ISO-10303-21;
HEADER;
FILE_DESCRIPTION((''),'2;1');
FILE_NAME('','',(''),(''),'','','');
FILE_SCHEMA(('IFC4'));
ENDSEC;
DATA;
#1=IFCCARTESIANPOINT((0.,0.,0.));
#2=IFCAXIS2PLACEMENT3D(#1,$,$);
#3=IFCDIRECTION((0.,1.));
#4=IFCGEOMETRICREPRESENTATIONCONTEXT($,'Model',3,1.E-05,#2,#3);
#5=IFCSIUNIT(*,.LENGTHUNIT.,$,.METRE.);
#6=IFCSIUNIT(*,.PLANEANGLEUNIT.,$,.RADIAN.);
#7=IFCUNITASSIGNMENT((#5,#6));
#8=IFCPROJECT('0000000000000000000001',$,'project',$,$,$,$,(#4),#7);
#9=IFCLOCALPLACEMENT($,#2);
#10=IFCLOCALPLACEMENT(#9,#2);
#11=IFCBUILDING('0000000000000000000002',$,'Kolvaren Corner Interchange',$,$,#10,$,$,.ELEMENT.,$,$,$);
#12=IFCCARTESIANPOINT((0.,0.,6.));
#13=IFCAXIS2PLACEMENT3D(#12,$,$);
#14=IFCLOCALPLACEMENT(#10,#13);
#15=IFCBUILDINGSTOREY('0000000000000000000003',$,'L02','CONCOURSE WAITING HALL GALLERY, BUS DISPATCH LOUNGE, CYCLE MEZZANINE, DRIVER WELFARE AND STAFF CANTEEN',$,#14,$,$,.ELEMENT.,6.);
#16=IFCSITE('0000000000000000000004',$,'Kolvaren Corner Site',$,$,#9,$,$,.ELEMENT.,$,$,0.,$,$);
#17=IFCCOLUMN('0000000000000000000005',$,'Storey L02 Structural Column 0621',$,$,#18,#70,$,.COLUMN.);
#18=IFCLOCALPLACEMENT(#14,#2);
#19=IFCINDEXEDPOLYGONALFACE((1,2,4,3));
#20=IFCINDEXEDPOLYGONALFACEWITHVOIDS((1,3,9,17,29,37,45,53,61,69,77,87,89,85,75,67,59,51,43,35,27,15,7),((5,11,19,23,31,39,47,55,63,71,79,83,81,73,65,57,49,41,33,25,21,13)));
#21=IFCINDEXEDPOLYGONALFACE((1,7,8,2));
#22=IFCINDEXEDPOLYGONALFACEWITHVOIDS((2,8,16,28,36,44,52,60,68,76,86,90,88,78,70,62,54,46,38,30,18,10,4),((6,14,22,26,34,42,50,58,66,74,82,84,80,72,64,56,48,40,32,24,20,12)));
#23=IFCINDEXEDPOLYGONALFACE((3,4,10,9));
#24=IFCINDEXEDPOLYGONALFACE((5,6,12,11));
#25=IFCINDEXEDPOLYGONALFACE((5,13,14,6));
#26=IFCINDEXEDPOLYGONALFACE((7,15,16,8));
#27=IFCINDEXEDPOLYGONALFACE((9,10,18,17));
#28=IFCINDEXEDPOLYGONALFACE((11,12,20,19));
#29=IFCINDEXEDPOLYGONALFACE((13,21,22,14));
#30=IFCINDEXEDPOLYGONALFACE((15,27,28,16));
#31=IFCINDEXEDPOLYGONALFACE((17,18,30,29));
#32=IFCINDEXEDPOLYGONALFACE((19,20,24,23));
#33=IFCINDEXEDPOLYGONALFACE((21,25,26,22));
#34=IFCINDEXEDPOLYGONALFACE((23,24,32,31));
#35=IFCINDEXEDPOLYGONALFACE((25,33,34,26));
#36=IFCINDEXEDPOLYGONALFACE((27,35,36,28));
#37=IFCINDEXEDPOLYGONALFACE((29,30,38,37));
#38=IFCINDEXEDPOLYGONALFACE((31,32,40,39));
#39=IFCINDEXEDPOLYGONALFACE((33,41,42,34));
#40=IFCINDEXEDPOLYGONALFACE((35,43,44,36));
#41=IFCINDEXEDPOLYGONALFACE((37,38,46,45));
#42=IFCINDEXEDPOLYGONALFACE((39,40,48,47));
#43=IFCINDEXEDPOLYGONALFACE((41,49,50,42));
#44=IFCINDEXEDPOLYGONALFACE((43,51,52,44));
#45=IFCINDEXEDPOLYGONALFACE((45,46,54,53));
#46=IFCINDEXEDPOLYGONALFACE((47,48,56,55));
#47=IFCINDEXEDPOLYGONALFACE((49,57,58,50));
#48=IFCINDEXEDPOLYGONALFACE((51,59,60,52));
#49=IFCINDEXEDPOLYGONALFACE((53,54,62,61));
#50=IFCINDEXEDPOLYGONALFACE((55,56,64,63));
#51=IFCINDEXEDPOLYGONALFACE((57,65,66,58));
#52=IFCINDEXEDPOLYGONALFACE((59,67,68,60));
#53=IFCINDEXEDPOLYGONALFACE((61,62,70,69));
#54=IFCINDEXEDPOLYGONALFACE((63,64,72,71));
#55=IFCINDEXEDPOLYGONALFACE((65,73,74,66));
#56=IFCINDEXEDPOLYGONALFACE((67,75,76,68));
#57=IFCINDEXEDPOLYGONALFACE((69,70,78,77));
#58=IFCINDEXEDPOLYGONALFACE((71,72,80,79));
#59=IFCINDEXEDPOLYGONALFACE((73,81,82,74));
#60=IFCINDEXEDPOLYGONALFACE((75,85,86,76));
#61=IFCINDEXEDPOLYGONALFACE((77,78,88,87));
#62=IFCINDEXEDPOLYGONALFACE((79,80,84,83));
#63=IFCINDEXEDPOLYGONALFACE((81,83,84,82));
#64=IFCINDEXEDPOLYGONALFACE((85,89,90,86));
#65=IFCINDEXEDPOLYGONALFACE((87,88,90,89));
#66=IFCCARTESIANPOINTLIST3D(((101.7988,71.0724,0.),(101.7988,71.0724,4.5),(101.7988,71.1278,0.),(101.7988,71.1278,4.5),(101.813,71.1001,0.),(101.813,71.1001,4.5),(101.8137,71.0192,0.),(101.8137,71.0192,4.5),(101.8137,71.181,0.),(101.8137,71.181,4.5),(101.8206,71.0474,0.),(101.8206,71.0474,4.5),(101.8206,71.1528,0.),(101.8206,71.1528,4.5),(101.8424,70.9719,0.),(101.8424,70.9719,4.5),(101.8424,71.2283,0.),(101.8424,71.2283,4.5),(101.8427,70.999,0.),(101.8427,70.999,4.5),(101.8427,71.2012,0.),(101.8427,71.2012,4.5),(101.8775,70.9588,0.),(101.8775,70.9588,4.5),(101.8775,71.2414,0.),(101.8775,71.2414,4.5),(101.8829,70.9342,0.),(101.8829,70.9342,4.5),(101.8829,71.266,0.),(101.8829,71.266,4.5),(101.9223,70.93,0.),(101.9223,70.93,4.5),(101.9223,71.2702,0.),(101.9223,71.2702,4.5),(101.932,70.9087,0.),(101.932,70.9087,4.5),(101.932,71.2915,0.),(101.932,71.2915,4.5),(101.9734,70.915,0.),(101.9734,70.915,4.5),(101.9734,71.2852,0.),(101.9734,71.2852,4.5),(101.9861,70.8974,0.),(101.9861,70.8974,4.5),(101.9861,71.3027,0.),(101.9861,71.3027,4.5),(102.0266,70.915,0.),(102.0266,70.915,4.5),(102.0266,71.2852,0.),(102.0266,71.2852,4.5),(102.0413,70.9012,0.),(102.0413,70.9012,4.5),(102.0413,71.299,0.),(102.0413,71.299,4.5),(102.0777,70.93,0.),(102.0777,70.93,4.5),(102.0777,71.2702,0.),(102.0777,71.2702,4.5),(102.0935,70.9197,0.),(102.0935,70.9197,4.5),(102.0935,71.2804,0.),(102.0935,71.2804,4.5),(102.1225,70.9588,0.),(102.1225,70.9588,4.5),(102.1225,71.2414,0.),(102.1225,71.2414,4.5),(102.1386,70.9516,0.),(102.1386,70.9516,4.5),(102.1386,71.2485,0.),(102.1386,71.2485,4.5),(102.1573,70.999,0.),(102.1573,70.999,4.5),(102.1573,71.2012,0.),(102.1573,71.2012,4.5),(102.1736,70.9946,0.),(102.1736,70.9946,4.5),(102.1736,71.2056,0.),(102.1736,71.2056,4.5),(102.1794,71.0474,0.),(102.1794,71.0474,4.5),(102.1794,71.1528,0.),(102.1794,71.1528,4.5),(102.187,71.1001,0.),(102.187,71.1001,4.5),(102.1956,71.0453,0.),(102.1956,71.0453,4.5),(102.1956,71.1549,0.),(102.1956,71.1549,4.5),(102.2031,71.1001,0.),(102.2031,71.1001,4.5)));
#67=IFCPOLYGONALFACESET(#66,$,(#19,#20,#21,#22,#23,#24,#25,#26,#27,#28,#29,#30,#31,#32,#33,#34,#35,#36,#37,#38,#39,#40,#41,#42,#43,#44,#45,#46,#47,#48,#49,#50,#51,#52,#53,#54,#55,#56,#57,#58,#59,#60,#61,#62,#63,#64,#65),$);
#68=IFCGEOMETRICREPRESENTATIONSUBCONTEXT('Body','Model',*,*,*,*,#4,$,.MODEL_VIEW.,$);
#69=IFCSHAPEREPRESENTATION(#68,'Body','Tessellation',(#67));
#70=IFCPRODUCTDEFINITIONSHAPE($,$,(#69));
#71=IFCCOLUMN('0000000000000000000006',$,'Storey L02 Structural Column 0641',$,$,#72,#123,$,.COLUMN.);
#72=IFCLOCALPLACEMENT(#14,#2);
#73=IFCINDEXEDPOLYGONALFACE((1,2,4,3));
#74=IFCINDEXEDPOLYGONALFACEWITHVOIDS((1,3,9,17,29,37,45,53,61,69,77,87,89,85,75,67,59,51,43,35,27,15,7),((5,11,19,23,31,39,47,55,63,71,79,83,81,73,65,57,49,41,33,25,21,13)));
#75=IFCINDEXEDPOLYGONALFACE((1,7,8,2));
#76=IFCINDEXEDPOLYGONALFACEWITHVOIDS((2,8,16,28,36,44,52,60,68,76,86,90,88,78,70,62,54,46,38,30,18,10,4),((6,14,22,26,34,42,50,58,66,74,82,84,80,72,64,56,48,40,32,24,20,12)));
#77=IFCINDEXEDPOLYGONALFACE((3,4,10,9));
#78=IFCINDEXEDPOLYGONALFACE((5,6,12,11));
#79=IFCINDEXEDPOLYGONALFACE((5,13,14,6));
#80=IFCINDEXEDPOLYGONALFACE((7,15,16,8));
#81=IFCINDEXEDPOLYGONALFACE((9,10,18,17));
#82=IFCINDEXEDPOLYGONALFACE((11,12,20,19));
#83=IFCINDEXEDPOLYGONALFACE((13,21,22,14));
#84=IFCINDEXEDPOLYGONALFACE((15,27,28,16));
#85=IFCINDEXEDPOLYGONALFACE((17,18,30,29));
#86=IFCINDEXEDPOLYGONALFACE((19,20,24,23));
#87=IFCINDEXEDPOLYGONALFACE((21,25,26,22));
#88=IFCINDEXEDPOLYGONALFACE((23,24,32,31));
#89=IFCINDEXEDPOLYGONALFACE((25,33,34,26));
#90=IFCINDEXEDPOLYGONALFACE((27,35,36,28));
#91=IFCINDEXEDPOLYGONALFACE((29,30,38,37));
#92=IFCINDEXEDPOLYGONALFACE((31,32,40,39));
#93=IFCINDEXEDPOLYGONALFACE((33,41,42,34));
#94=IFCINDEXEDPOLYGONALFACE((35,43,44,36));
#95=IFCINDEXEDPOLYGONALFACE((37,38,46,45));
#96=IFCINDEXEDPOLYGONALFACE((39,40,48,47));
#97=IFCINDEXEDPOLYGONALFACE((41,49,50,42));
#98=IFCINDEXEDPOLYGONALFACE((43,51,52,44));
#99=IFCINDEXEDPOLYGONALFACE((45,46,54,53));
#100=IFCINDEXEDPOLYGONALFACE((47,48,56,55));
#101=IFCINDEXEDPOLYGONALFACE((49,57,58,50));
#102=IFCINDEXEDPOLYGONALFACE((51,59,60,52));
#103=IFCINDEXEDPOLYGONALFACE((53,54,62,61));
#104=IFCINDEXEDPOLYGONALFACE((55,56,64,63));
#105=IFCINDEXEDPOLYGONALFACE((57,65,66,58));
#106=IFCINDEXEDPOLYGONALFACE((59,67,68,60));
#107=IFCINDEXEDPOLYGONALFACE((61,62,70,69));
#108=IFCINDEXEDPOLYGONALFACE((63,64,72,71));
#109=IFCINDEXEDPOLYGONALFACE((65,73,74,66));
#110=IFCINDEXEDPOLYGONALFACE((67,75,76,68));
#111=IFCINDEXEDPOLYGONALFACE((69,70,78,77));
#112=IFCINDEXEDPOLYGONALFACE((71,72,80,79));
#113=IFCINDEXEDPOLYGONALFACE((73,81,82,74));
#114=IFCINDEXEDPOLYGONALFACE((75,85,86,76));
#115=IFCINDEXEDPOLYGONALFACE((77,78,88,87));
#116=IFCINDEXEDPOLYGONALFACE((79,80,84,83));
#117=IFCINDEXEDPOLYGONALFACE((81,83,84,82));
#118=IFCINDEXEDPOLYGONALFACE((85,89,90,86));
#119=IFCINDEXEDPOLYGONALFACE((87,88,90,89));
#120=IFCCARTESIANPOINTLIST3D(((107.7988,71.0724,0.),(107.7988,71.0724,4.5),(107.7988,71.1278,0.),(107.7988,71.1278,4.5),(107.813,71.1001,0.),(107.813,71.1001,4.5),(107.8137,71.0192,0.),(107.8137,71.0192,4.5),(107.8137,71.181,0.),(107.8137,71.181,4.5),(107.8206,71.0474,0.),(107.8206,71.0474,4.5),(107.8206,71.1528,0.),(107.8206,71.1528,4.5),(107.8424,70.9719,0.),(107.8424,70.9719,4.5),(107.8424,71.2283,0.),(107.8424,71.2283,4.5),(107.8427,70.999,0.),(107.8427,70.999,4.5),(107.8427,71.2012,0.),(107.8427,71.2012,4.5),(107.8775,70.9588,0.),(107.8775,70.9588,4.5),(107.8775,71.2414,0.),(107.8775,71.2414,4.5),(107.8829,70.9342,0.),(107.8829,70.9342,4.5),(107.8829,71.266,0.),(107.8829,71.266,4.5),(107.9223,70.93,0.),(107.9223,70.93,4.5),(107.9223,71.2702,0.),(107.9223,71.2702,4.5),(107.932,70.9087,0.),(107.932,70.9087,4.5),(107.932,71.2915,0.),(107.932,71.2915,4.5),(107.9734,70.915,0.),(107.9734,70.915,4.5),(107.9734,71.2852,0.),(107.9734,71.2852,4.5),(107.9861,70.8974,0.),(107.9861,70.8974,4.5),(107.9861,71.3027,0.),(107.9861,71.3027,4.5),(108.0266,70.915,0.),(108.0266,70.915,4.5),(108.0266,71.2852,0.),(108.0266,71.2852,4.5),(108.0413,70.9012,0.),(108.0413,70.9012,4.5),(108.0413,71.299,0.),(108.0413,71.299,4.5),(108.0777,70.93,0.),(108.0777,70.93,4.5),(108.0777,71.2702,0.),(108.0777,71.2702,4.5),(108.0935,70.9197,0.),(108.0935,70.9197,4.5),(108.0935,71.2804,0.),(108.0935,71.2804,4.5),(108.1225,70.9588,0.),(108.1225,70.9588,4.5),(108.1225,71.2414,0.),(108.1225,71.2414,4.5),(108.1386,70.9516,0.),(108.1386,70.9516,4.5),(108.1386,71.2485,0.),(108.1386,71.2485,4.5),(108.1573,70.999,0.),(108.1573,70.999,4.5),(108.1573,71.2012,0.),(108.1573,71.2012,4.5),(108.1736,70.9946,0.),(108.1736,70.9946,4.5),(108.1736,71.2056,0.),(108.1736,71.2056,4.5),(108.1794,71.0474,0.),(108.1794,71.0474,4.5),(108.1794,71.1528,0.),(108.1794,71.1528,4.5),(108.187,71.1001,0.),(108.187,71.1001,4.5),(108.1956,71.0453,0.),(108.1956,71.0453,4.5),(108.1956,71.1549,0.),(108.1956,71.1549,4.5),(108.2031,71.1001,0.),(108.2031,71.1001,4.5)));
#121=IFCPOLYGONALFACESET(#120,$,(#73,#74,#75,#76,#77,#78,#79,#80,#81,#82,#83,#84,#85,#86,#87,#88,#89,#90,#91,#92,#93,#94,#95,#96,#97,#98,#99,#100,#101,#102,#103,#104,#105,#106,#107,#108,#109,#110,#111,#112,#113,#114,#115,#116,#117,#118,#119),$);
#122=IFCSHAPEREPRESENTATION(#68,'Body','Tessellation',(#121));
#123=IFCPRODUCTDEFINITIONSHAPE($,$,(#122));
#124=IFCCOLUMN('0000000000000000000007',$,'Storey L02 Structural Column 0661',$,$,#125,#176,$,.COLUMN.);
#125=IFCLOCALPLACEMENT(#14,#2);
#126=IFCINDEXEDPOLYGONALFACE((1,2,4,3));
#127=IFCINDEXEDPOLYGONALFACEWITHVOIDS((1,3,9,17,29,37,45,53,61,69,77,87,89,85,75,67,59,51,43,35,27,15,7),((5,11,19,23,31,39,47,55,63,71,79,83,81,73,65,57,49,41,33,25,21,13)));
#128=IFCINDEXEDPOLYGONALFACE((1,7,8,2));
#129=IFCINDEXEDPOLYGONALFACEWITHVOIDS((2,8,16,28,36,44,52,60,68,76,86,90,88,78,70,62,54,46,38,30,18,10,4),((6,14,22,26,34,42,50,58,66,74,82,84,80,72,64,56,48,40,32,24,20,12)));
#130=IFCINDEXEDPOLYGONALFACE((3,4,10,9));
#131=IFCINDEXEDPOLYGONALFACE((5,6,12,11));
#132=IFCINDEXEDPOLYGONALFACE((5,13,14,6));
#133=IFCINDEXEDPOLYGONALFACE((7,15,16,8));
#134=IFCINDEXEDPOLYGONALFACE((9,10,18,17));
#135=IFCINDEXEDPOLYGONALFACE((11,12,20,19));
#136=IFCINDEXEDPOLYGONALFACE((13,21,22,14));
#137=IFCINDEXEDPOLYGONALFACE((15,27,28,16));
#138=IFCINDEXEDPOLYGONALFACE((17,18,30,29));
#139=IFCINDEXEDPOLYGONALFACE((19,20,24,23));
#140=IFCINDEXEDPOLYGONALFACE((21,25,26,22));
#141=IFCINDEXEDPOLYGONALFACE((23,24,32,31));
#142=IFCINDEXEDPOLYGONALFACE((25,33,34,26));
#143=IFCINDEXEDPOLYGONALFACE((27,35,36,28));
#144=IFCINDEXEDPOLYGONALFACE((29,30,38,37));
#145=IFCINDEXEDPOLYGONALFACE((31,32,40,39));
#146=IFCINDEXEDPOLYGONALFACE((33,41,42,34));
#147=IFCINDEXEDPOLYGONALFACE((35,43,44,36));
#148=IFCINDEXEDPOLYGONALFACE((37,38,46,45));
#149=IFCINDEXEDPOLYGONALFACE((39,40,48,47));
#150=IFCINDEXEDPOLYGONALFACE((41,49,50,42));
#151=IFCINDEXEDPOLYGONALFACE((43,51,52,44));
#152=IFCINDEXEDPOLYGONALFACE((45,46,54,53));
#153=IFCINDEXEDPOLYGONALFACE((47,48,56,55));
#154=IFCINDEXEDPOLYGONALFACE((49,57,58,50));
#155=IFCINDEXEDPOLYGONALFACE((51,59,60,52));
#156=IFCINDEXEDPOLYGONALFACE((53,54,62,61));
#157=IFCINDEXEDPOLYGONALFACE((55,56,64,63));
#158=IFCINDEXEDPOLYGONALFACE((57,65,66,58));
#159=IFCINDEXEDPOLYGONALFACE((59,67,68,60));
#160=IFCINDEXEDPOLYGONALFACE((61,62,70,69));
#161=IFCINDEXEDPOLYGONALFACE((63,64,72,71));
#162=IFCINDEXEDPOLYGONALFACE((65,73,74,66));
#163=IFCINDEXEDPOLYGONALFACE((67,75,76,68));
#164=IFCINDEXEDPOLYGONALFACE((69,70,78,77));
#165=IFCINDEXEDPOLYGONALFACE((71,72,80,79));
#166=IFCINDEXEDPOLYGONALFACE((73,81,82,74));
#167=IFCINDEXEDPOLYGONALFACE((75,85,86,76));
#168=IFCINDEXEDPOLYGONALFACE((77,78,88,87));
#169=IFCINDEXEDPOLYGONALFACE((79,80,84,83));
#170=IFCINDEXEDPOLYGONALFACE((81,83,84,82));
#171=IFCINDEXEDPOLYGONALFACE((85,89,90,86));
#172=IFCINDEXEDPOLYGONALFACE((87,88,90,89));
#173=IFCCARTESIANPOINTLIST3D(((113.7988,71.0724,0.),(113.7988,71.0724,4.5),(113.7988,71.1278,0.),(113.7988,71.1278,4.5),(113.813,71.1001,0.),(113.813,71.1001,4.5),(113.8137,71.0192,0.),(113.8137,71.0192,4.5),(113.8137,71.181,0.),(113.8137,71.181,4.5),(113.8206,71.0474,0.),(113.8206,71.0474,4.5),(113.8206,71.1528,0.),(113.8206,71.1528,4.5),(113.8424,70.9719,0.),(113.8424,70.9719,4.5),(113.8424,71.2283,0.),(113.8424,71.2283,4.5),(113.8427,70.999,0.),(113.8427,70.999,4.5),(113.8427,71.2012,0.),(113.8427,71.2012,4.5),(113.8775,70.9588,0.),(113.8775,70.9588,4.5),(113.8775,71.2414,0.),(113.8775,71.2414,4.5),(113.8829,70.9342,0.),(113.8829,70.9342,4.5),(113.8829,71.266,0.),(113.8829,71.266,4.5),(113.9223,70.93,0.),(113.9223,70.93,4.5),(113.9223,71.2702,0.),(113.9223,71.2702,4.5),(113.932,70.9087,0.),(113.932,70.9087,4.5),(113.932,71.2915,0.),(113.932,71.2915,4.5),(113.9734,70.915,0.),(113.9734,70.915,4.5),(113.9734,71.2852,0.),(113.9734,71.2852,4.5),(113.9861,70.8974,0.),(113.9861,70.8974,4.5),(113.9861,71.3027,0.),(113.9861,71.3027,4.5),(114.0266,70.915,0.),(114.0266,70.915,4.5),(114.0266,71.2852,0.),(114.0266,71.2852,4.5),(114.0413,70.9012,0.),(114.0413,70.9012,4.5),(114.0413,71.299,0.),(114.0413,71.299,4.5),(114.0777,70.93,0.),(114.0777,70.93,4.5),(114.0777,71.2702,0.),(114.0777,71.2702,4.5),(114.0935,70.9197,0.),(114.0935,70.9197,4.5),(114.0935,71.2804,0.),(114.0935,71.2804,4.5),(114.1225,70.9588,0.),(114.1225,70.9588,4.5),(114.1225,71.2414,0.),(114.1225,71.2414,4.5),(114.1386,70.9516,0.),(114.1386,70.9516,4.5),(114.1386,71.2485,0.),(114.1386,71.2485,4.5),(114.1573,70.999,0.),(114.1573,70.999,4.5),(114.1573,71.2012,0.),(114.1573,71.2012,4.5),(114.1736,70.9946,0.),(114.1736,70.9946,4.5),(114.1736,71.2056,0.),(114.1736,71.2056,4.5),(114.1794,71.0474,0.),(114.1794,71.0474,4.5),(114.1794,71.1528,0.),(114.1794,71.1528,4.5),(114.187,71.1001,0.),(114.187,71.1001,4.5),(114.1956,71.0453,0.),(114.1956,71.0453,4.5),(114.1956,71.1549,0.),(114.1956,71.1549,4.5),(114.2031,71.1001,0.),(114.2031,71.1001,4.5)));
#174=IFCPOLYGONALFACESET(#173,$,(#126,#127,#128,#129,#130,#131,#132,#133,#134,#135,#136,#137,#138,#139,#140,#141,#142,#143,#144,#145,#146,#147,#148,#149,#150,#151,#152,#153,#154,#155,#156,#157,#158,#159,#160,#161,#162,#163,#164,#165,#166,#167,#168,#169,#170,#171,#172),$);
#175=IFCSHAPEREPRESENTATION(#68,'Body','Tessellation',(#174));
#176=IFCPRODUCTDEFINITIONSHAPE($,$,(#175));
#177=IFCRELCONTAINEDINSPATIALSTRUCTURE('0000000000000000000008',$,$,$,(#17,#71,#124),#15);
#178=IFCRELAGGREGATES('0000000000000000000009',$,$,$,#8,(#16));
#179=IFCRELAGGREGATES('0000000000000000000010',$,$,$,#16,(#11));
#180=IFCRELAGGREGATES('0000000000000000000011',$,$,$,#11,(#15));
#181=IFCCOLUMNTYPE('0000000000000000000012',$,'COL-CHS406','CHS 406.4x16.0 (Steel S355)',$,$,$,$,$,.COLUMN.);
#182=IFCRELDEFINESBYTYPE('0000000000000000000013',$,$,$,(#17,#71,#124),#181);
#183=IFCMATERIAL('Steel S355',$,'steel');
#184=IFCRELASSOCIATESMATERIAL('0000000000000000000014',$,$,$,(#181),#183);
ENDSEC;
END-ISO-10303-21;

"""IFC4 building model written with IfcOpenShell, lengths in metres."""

from ifc_helpers import new_model, si_unit, direction, frame, origin, origin_2d, place, context, subcontext, project, spatial, hollow_circle, extrude, material, material_profile, profile_set, type_object, element, save


model = new_model("IFC4")

# Units and contexts
model_context = context("Model", 3, precision=1e-05, world=origin(), true_north=direction((0.0, 1.0)))
body_context = subcontext(model_context, "Body", "Model", "MODEL_VIEW")
ifc_project = project(units=[si_unit("LENGTHUNIT", "METRE"), si_unit("PLANEANGLEUNIT", "RADIAN")], contexts=[model_context])

# Site, building, storey
site_placement = place(None, origin())
site = spatial("IfcSite", under=ifc_project, at=site_placement, Name="Kolvaren Corner Site", CompositionType="ELEMENT", RefElevation=0.0)
building_placement = place(site_placement, origin())
building = spatial("IfcBuilding", under=site, at=building_placement, Name="Kolvaren Corner Interchange", CompositionType="ELEMENT")
storey_placement = place(building_placement, frame((0.0, 0.0, 6.0)))
storey = spatial("IfcBuildingStorey", under=building, at=storey_placement, Name="L02", Description="CONCOURSE WAITING HALL GALLERY, BUS DISPATCH LOUNGE, CYCLE MEZZANINE, DRIVER WELFARE AND STAFF CANTEEN", CompositionType="ELEMENT", Elevation=6.0)

# Columns
ifc_material_1 = material(Name="Steel S355", Category="steel")
ifc_material_profile_1 = material_profile(ifc_material_1, hollow_circle(Radius=0.2031, WallThickness=0.0161, at=origin_2d()), Name="CHS 406.4x16.0")
ifc_profile_set_1 = profile_set([ifc_material_profile_1], Name="Steel S355")
column_type_1 = type_object("IfcColumnType", Name="COL-CHS406", Description="CHS 406.4x16.0 (Steel S355)", PredefinedType="COLUMN", material=ifc_profile_set_1)
for number, where, z_axis, x_axis, name in (
    (1, (102.0, 71.1001, 0.0), (0.0, 0.0, 1.0), (1.0, 0.0, 0.0), "Storey L02 Structural Column 0621"),
    (2, (108.0, 71.1001, 0.0), (0.0, 0.0, 1.0), (1.0, 0.0, 0.0), "Storey L02 Structural Column 0641"),
    (3, (114.0, 71.1001, 0.0), (0.0, 0.0, 1.0), (1.0, 0.0, 0.0), "Storey L02 Structural Column 0661"),
):
    element("IfcColumn", number, at=place(storey_placement, frame(where, z_axis=z_axis, x_axis=x_axis)), inside=storey, type_object=column_type_1, Name=name, PredefinedType="COLUMN", context=body_context, shape_type="SweptSolid", body=[
        extrude(hollow_circle(Radius=0.2031, WallThickness=0.0161, at=origin_2d()), origin(), (0.0, 0.0, 1.0), 4.5),
    ])

save(model, "model.ifc")
